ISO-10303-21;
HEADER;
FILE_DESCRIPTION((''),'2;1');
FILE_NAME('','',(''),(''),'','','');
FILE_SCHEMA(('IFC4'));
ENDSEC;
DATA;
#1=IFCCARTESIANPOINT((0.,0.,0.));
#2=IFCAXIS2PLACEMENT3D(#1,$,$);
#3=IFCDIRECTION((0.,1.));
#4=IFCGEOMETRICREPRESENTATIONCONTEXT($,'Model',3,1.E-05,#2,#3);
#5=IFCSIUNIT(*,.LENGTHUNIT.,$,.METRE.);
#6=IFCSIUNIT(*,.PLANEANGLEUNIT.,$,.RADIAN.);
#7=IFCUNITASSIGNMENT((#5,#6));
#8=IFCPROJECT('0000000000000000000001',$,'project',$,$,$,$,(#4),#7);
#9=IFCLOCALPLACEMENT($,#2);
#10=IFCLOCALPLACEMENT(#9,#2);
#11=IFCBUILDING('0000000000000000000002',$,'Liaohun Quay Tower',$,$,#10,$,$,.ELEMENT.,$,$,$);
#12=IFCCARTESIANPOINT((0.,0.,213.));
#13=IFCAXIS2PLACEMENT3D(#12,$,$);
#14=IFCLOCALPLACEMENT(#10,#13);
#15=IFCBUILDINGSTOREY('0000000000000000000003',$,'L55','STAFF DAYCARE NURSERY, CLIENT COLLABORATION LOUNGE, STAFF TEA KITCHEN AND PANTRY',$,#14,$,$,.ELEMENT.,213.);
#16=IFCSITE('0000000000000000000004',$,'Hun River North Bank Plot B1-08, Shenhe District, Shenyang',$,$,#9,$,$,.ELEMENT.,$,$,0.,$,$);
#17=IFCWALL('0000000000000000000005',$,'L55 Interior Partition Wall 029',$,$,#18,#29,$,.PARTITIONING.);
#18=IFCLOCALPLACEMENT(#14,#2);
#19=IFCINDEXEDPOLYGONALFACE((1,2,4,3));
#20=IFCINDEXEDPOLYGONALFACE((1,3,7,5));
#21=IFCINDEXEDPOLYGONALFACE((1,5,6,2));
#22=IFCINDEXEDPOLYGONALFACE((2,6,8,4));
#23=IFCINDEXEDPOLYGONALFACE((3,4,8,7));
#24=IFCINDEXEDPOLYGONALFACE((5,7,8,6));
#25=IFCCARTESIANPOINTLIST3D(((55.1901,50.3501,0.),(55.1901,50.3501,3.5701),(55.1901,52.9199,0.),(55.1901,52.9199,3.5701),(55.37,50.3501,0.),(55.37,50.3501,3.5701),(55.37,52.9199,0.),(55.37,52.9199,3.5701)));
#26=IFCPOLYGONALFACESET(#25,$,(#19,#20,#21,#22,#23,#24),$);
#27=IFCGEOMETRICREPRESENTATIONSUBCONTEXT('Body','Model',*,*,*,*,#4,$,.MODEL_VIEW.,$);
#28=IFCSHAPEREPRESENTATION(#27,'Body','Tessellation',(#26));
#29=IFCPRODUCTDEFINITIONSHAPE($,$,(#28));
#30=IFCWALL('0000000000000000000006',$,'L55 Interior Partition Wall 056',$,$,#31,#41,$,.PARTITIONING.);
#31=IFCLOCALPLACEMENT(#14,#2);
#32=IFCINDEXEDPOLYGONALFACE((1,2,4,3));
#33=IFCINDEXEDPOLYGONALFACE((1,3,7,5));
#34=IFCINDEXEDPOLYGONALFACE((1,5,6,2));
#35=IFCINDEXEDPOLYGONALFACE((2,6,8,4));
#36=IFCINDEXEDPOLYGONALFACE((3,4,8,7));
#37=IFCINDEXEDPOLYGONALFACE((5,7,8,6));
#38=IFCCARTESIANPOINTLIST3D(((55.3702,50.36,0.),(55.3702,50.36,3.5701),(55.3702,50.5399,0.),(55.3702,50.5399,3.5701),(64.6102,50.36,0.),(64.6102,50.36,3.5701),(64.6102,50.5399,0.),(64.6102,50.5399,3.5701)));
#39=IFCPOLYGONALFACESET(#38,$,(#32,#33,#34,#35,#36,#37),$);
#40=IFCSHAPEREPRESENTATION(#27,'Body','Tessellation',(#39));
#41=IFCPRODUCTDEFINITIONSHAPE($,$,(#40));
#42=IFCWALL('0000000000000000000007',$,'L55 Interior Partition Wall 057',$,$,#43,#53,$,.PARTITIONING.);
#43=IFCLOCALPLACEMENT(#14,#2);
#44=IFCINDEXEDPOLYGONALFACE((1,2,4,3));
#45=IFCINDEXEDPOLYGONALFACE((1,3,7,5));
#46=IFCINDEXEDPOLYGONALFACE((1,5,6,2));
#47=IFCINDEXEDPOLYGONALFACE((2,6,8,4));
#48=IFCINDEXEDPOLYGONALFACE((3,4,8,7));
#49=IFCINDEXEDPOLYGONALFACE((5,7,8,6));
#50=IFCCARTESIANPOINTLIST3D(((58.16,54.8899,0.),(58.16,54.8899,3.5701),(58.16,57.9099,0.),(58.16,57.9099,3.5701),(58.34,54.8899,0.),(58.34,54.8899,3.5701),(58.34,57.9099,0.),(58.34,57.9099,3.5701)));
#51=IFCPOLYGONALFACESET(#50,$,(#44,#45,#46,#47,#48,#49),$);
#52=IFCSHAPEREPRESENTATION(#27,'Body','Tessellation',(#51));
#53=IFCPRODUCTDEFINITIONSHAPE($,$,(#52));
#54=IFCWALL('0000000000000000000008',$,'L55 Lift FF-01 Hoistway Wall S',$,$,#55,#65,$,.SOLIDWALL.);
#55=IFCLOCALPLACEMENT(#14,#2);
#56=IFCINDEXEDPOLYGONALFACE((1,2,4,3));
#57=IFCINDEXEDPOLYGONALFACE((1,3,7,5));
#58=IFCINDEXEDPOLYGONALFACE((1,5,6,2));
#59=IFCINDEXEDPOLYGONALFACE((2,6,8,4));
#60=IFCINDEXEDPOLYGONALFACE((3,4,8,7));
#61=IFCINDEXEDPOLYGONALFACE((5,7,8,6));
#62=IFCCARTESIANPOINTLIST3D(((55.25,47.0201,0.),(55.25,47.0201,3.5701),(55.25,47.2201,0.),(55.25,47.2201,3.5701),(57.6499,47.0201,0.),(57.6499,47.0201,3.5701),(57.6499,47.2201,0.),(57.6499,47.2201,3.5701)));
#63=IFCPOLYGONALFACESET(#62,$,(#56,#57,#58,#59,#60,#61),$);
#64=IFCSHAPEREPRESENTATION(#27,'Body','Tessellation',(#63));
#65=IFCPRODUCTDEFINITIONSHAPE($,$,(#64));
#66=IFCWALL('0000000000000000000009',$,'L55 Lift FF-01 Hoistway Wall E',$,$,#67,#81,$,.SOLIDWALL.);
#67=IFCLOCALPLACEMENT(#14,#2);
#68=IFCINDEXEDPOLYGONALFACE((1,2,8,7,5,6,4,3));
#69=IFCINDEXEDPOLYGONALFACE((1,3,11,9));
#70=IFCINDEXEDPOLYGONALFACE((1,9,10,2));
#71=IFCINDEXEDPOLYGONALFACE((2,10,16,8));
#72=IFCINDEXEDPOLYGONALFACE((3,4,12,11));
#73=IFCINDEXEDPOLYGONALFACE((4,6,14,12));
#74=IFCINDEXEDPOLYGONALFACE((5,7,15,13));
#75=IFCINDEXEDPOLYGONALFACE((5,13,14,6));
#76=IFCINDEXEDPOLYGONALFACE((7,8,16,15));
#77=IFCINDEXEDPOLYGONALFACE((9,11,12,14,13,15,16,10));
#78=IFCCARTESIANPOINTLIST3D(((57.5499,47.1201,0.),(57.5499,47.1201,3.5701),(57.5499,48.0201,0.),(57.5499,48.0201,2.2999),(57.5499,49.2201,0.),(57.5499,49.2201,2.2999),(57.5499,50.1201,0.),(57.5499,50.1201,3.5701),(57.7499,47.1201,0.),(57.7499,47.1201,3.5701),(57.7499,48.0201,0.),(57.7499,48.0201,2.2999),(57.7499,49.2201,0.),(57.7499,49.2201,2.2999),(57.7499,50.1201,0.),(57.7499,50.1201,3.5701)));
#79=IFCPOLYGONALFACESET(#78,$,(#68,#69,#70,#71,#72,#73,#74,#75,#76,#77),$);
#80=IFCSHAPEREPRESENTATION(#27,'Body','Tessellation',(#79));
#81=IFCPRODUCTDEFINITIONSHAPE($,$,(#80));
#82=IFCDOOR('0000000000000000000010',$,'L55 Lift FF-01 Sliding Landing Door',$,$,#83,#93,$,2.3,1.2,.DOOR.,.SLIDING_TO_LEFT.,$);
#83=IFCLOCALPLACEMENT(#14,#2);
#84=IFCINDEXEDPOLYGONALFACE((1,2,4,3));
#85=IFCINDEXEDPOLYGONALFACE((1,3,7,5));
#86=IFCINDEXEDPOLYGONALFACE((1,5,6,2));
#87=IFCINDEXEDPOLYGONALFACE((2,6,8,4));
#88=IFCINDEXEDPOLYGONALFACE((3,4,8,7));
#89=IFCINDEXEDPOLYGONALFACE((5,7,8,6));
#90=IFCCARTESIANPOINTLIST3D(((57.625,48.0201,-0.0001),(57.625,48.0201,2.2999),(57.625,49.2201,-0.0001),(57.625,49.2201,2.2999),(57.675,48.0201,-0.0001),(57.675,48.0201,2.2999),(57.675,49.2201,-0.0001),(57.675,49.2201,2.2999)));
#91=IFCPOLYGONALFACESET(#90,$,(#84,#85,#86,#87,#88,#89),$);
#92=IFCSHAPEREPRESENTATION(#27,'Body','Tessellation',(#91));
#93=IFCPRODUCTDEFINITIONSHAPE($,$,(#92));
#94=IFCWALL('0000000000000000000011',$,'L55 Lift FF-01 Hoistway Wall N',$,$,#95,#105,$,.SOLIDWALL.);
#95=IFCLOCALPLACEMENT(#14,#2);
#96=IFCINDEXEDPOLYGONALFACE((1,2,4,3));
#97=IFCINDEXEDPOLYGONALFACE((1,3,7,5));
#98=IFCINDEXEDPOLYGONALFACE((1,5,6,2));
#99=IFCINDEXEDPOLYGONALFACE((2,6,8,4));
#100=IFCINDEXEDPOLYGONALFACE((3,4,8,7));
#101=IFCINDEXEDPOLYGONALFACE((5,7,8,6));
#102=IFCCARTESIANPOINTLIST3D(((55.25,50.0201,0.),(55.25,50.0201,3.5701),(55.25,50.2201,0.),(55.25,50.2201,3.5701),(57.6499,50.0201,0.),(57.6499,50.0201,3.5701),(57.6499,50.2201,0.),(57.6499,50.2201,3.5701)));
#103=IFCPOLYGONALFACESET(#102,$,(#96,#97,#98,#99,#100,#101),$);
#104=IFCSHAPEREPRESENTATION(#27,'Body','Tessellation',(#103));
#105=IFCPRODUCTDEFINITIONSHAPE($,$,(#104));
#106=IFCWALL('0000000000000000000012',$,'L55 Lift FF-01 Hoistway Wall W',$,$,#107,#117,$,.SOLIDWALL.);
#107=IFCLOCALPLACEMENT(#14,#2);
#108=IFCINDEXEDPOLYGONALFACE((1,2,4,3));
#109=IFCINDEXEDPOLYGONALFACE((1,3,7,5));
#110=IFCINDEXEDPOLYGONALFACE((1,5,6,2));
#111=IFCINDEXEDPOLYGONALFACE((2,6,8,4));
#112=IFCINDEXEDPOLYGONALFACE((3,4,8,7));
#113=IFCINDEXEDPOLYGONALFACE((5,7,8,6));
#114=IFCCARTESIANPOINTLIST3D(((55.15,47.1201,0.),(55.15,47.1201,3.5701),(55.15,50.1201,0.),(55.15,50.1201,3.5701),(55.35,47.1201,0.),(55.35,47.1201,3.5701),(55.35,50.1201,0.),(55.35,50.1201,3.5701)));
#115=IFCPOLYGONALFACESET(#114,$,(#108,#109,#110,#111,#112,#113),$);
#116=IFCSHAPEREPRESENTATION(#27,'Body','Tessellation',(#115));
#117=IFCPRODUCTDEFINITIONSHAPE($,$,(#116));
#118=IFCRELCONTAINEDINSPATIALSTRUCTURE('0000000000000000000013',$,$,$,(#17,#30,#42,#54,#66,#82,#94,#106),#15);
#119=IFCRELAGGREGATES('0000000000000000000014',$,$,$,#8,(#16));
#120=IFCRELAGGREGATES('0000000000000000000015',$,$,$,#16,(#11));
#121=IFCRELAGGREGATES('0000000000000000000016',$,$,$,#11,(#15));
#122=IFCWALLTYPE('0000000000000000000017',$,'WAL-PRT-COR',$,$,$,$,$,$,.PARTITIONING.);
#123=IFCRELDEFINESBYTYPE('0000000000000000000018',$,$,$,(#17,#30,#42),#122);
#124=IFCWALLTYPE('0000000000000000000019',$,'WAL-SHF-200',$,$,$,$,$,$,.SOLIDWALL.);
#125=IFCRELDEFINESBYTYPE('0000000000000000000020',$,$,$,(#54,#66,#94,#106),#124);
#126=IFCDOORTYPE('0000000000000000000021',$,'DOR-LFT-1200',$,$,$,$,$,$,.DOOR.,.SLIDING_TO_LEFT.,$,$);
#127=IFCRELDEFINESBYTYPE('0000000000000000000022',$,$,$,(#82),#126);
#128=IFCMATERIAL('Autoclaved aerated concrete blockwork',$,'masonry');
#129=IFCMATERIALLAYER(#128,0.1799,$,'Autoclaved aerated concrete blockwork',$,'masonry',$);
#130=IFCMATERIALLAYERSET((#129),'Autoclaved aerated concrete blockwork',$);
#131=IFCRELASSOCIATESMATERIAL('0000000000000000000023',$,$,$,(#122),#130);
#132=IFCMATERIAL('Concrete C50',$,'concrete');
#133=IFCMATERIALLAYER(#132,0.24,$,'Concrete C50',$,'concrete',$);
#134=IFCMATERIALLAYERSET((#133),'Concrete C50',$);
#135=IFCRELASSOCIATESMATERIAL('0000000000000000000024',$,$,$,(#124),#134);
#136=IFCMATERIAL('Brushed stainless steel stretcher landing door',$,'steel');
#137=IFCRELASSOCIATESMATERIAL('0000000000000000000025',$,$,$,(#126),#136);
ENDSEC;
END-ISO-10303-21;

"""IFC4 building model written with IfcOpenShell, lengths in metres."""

from ifc_helpers import new_model, si_unit, direction, frame, frame_2d, origin, place, context, subcontext, project, spatial, rectangle, extrude, source, transform, mapped, material, layer, layer_set, type_object, element, fill, save


model = new_model("IFC4")

# Units and contexts
model_context = context("Model", 3, precision=1e-05, world=origin(), true_north=direction((0.0, 1.0)))
body_context = subcontext(model_context, "Body", "Model", "MODEL_VIEW")
ifc_project = project(units=[si_unit("LENGTHUNIT", "METRE"), si_unit("PLANEANGLEUNIT", "RADIAN")], contexts=[model_context])

# Site, building, storey
site_placement = place(None, origin())
site = spatial("IfcSite", under=ifc_project, at=site_placement, Name="Hun River North Bank Plot B1-08, Shenhe District, Shenyang", CompositionType="ELEMENT", RefElevation=0.0)
building_placement = place(site_placement, origin())
building = spatial("IfcBuilding", under=site, at=building_placement, Name="Liaohun Quay Tower", CompositionType="ELEMENT")
storey_placement = place(building_placement, frame((0.0, 0.0, 213.0)))
storey = spatial("IfcBuildingStorey", under=building, at=storey_placement, Name="L55", Description="STAFF DAYCARE NURSERY, CLIENT COLLABORATION LOUNGE, STAFF TEA KITCHEN AND PANTRY", CompositionType="ELEMENT", Elevation=213.0)

# Shared definitions
ifc_material_1 = material(Name="Autoclaved aerated concrete blockwork", Category="masonry")
ifc_layer_1 = layer(ifc_material_1, 0.1799, Name="Autoclaved aerated concrete blockwork", Category="masonry")
ifc_layer_set_1 = layer_set([ifc_layer_1], Name="Autoclaved aerated concrete blockwork")
wall_type_1 = type_object("IfcWallType", Name="WAL-PRT-COR", PredefinedType="PARTITIONING", material=ifc_layer_set_1)

# Walls
wall_1_placement = place(storey_placement, frame((55.28, 50.3501, 0.0), z_axis=(0.0, 0.0, 1.0), x_axis=(0.0, 1.0, 0.0)))
element("IfcWall", 1, at=wall_1_placement, inside=storey, type_object=wall_type_1, Name="L55 Interior Partition Wall 029", PredefinedType="PARTITIONING", context=body_context, shape_type="SweptSolid", body=[
    extrude(rectangle(XDim=2.5698, YDim=0.1799, at=frame_2d((1.2849, 0.0))), origin(), (0.0, 0.0, 1.0), 3.5701),
])
wall_2_placement = place(storey_placement, frame((55.3701, 50.45, 0.0), z_axis=(0.0, 0.0, 1.0), x_axis=(1.0, 0.0, 0.0)))
element("IfcWall", 2, at=wall_2_placement, inside=storey, type_object=wall_type_1, Name="L55 Interior Partition Wall 056", PredefinedType="PARTITIONING", context=body_context, shape_type="SweptSolid", body=[
    extrude(rectangle(XDim=9.24, YDim=0.1799, at=frame_2d((4.6201, 0.0))), origin(), (0.0, 0.0, 1.0), 3.5701),
])
wall_3_placement = place(storey_placement, frame((58.25, 54.8899, 0.0), z_axis=(0.0, 0.0, 1.0), x_axis=(0.0, 1.0, 0.0)))
element("IfcWall", 3, at=wall_3_placement, inside=storey, type_object=wall_type_1, Name="L55 Interior Partition Wall 057", PredefinedType="PARTITIONING", context=body_context, shape_type="SweptSolid", body=[
    extrude(rectangle(XDim=3.02, YDim=0.1799, at=frame_2d((1.51, 0.0))), origin(), (0.0, 0.0, 1.0), 3.5701),
])
ifc_material_2 = material(Name="Concrete C50", Category="concrete")
ifc_layer_2 = layer(ifc_material_2, 0.24, Name="Concrete C50", Category="concrete")
ifc_layer_set_2 = layer_set([ifc_layer_2], Name="Concrete C50")
wall_type_2 = type_object("IfcWallType", Name="WAL-SHF-200", PredefinedType="SOLIDWALL", material=ifc_layer_set_2)
wall_4_placement = place(storey_placement, frame((55.25, 47.1201, 0.0), z_axis=(0.0, 0.0, 1.0), x_axis=(1.0, 0.0, 0.0)))
element("IfcWall", 4, at=wall_4_placement, inside=storey, type_object=wall_type_2, Name="L55 Lift FF-01 Hoistway Wall S", PredefinedType="SOLIDWALL", context=body_context, shape_type="SweptSolid", body=[
    extrude(rectangle(XDim=2.3999, YDim=0.2, at=frame_2d((1.2, 0.0))), origin(), (0.0, 0.0, 1.0), 3.5701),
])

# Wall, opening, door
wall_5_placement = place(storey_placement, frame((57.6499, 47.1201, 0.0), z_axis=(0.0, 0.0, 1.0), x_axis=(0.0, 1.0, 0.0)))
wall_5 = element("IfcWall", 5, at=wall_5_placement, inside=storey, type_object=wall_type_2, Name="L55 Lift FF-01 Hoistway Wall E", PredefinedType="SOLIDWALL", context=body_context, shape_type="SweptSolid", body=[
    extrude(rectangle(XDim=3.0, YDim=0.2, at=frame_2d((1.5, 0.0))), origin(), (0.0, 0.0, 1.0), 3.5701),
])
shared_shape_1 = source(origin(), body_context, "Body", "SweptSolid", [
    extrude(rectangle(XDim=1.2, YDim=2.3, at=frame_2d((0.6001, 1.1499))), frame((0.0, 0.1099, 0.0), z_axis=(0.0, -1.0, 0.0), x_axis=(1.0, 0.0, 0.0)), (0.0, 0.0, 1.0), 0.22),
])
opening_1_placement = place(wall_5_placement, frame((0.8999, 0.0, 0.0)))
opening_1 = element("IfcOpeningElement", 6, at=opening_1_placement, cuts=wall_5, PredefinedType="OPENING", context=body_context, shape_type="MappedRepresentation", body=[
    mapped(shared_shape_1, transform((0.0, 0.0, 0.0), x_axis=(1.0, 0.0, 0.0), y_axis=(0.0, 1.0, 0.0), z_axis=(0.0, 0.0, 1.0), scale=1.0)),
])
ifc_material_3 = material(Name="Brushed stainless steel stretcher landing door", Category="steel")
door_type_1 = type_object("IfcDoorType", Name="DOR-LFT-1200", OperationType="SLIDING_TO_LEFT", PredefinedType="DOOR", material=ifc_material_3)
shared_shape_2 = source(origin(), body_context, "Body", "SweptSolid", [
    extrude(rectangle(XDim=1.2, YDim=2.3, at=frame_2d((0.6001, 1.1499))), frame((0.0, 0.0249, 0.0), z_axis=(0.0, -1.0, 0.0), x_axis=(1.0, 0.0, 0.0)), (0.0, 0.0, 1.0), 0.05),
])
door_1_placement = place(opening_1_placement, origin())
door_1 = element("IfcDoor", 7, at=door_1_placement, inside=storey, type_object=door_type_1, Name="L55 Lift FF-01 Sliding Landing Door", OperationType="SLIDING_TO_LEFT", OverallHeight=2.3, OverallWidth=1.2, PredefinedType="DOOR", context=body_context, shape_type="MappedRepresentation", body=[
    mapped(shared_shape_2, transform((0.0, 0.0, 0.0), x_axis=(1.0, 0.0, 0.0), y_axis=(0.0, 1.0, 0.0), z_axis=(0.0, 0.0, 1.0), scale=1.0)),
])
fill(opening_1, door_1)

# Walls
wall_6_placement = place(storey_placement, frame((57.6499, 50.1201, 0.0), z_axis=(0.0, 0.0, 1.0), x_axis=(-1.0, 0.0, 0.0)))
element("IfcWall", 8, at=wall_6_placement, inside=storey, type_object=wall_type_2, Name="L55 Lift FF-01 Hoistway Wall N", PredefinedType="SOLIDWALL", context=body_context, shape_type="SweptSolid", body=[
    extrude(rectangle(XDim=2.3999, YDim=0.2, at=frame_2d((1.2, 0.0))), origin(), (0.0, 0.0, 1.0), 3.5701),
])
wall_7_placement = place(storey_placement, frame((55.25, 50.1201, 0.0), z_axis=(0.0, 0.0, 1.0), x_axis=(0.0, -1.0, 0.0)))
element("IfcWall", 9, at=wall_7_placement, inside=storey, type_object=wall_type_2, Name="L55 Lift FF-01 Hoistway Wall W", PredefinedType="SOLIDWALL", context=body_context, shape_type="SweptSolid", body=[
    extrude(rectangle(XDim=3.0, YDim=0.2, at=frame_2d((1.5, 0.0))), origin(), (0.0, 0.0, 1.0), 3.5701),
])

save(model, "model.ifc")
